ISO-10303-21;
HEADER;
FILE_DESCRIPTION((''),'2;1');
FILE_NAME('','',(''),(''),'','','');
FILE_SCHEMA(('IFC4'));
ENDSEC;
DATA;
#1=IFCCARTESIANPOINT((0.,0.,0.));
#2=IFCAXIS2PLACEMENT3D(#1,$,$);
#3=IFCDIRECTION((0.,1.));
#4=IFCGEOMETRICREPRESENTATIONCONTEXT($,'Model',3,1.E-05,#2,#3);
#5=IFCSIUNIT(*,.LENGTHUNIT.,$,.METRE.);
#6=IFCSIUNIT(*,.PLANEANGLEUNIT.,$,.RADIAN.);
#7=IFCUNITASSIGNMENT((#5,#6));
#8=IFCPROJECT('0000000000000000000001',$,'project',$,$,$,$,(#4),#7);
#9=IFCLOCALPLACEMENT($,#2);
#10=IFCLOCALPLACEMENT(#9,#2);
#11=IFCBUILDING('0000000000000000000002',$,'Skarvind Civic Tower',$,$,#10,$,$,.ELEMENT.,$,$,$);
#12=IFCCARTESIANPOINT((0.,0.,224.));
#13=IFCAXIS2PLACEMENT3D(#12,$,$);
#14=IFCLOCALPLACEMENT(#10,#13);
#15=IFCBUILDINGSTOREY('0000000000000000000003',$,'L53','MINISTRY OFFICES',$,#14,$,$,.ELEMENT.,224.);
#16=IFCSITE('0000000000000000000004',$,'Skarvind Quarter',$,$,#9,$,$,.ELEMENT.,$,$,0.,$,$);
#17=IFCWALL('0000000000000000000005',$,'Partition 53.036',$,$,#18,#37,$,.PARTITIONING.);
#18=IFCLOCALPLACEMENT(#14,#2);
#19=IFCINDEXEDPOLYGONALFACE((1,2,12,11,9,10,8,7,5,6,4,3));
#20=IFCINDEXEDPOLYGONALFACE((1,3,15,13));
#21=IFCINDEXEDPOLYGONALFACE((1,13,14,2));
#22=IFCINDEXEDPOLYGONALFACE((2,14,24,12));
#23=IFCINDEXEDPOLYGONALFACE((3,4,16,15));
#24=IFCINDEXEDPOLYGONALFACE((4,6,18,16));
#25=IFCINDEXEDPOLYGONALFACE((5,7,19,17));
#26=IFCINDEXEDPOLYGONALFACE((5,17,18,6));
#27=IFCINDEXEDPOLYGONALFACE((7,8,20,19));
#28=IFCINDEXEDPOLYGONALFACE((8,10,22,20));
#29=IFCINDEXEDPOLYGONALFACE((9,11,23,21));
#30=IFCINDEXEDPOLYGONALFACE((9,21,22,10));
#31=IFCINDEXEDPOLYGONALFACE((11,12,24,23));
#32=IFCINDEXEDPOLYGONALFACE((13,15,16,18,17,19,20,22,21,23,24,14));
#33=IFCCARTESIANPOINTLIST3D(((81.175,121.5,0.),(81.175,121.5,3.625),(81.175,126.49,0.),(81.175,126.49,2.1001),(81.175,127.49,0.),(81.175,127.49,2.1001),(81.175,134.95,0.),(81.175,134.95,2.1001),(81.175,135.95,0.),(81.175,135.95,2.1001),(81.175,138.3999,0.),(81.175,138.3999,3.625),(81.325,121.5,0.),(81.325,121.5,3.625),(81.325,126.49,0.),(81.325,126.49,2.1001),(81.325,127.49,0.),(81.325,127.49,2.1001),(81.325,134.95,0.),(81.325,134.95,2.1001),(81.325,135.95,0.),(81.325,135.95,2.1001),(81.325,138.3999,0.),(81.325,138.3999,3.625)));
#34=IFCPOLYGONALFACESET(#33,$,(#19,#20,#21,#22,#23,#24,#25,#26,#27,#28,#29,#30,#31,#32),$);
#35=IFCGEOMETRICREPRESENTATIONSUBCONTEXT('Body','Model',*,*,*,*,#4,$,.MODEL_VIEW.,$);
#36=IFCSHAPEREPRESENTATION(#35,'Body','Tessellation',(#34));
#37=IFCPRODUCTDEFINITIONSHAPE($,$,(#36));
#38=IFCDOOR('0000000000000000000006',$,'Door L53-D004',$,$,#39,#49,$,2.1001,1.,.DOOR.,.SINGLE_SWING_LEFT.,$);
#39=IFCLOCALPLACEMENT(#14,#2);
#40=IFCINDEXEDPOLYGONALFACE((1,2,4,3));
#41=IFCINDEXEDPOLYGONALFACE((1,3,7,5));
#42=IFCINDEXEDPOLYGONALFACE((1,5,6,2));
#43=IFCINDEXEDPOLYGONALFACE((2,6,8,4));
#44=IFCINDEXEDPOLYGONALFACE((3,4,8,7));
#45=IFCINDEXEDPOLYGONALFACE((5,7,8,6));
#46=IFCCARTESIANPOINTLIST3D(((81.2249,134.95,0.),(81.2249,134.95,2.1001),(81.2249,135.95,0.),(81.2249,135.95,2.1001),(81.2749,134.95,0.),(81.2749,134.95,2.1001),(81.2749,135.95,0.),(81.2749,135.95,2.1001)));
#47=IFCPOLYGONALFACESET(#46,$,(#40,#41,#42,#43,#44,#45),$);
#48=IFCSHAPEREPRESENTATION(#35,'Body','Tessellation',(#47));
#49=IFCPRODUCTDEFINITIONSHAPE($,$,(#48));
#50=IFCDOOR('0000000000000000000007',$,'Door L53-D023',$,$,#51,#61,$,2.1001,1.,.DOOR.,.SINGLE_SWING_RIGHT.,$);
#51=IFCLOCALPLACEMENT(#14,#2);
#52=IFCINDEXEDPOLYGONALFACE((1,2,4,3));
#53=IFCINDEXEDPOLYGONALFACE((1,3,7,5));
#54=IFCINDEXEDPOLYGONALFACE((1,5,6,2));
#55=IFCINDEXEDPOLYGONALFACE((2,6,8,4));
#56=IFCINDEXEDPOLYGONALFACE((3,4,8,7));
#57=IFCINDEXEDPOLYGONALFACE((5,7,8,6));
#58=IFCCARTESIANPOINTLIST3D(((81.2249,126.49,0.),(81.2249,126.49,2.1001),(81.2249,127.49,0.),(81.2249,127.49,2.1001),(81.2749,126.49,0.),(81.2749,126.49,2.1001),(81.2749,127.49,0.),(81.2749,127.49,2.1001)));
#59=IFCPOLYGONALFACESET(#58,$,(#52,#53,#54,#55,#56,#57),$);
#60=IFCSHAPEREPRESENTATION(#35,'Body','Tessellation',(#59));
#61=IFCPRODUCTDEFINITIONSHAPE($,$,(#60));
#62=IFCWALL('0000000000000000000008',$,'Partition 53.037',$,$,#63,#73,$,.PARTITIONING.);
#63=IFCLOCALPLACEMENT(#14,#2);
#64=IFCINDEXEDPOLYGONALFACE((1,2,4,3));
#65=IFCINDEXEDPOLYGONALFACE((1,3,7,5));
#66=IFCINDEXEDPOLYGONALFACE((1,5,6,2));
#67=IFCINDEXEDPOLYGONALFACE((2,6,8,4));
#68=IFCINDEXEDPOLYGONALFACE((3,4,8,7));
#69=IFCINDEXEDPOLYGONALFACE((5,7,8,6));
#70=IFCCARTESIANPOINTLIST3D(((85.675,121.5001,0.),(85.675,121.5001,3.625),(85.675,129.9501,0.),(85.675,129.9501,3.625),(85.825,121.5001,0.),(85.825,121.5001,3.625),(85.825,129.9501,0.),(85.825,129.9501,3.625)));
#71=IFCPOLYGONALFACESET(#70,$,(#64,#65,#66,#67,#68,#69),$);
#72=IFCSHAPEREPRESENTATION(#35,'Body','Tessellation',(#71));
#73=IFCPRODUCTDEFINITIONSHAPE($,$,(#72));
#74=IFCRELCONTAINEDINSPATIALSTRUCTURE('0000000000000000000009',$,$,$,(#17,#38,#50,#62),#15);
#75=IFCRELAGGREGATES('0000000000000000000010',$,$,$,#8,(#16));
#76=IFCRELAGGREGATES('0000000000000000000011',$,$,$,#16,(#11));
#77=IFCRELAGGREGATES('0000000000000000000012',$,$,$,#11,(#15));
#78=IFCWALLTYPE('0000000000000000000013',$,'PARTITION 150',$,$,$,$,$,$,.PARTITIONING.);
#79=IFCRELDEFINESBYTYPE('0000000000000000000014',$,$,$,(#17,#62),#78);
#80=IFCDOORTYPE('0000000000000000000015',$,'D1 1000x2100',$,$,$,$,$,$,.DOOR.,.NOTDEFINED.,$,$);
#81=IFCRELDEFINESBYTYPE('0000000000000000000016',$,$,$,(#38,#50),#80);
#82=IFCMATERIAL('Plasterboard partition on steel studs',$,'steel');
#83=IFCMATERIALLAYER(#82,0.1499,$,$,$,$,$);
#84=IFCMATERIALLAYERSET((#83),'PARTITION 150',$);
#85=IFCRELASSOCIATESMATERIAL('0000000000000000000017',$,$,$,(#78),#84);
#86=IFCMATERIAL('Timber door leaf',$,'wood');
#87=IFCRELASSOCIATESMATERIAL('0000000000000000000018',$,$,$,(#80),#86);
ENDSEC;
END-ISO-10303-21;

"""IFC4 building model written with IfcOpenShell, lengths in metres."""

from ifc_helpers import new_model, si_unit, direction, frame, frame_2d, origin, place, context, subcontext, project, spatial, rectangle, extrude, material, layer, layer_set, type_object, element, fill, save


model = new_model("IFC4")

# Units and contexts
model_context = context("Model", 3, precision=1e-05, world=origin(), true_north=direction((0.0, 1.0)))
body_context = subcontext(model_context, "Body", "Model", "MODEL_VIEW")
ifc_project = project(units=[si_unit("LENGTHUNIT", "METRE"), si_unit("PLANEANGLEUNIT", "RADIAN")], contexts=[model_context])

# Site, building, storey
site_placement = place(None, origin())
site = spatial("IfcSite", under=ifc_project, at=site_placement, Name="Skarvind Quarter", CompositionType="ELEMENT", RefElevation=0.0)
building_placement = place(site_placement, origin())
building = spatial("IfcBuilding", under=site, at=building_placement, Name="Skarvind Civic Tower", CompositionType="ELEMENT")
storey_placement = place(building_placement, frame((0.0, 0.0, 224.0)))
storey = spatial("IfcBuildingStorey", under=building, at=storey_placement, Name="L53", Description="MINISTRY OFFICES", CompositionType="ELEMENT", Elevation=224.0)

# Shared definitions
ifc_material_1 = material(Name="Timber door leaf", Category="wood")

# Shared definitions
ifc_material_2 = material(Name="Plasterboard partition on steel studs", Category="steel")
ifc_layer_1 = layer(ifc_material_2, 0.1499)
ifc_layer_set_1 = layer_set([ifc_layer_1], Name="PARTITION 150")
wall_type_1 = type_object("IfcWallType", Name="PARTITION 150", PredefinedType="PARTITIONING", material=ifc_layer_set_1)
door_type_1 = type_object("IfcDoorType", Name="D1 1000x2100", OperationType="NOTDEFINED", PredefinedType="DOOR", material=ifc_material_1)

# Wall, openings, doors
wall_1_placement = place(storey_placement, frame((81.25, 138.3999, 0.0), z_axis=(0.0, 0.0, 1.0), x_axis=(0.0, -1.0, 0.0)))
wall_1 = element("IfcWall", 1, at=wall_1_placement, inside=storey, type_object=wall_type_1, Name="Partition 53.036", PredefinedType="PARTITIONING", context=body_context, shape_type="SweptSolid", body=[
    extrude(rectangle(XDim=16.8999, YDim=0.1499, at=frame_2d((8.45, 0.0))), origin(), (0.0, 0.0, 1.0), 3.625),
])
opening_1_placement = place(wall_1_placement, frame((2.45, 0.0, 0.0)))
opening_1 = element("IfcOpeningElement", 2, at=opening_1_placement, cuts=wall_1, PredefinedType="OPENING", context=body_context, shape_type="SweptSolid", body=[
    extrude(rectangle(XDim=1.0, YDim=2.1001, at=frame_2d((0.5, 1.05))), frame((0.0, 0.085, 0.0), z_axis=(0.0, -1.0, 0.0), x_axis=(1.0, 0.0, 0.0)), (0.0, 0.0, 1.0), 0.1699),
])
opening_2_placement = place(wall_1_placement, frame((10.9099, 0.0, 0.0)))
opening_2 = element("IfcOpeningElement", 3, at=opening_2_placement, cuts=wall_1, PredefinedType="OPENING", context=body_context, shape_type="SweptSolid", body=[
    extrude(rectangle(XDim=1.0, YDim=2.1001, at=frame_2d((0.5, 1.05))), frame((0.0, 0.085, 0.0), z_axis=(0.0, -1.0, 0.0), x_axis=(1.0, 0.0, 0.0)), (0.0, 0.0, 1.0), 0.1699),
])
door_1_placement = place(opening_1_placement, origin())
door_1 = element("IfcDoor", 4, at=door_1_placement, inside=storey, type_object=door_type_1, Name="Door L53-D004", OperationType="SINGLE_SWING_LEFT", OverallHeight=2.1001, OverallWidth=1.0, PredefinedType="DOOR", context=body_context, shape_type="SweptSolid", body=[
    extrude(rectangle(XDim=1.0, YDim=2.1001, at=frame_2d((0.5, 1.05))), frame((0.0, 0.0249, 0.0), z_axis=(0.0, -1.0, 0.0), x_axis=(1.0, 0.0, 0.0)), (0.0, 0.0, 1.0), 0.05),
])
fill(opening_1, door_1)
door_2_placement = place(opening_2_placement, origin())
door_2 = element("IfcDoor", 5, at=door_2_placement, inside=storey, type_object=door_type_1, Name="Door L53-D023", OperationType="SINGLE_SWING_RIGHT", OverallHeight=2.1001, OverallWidth=1.0, PredefinedType="DOOR", context=body_context, shape_type="SweptSolid", body=[
    extrude(rectangle(XDim=1.0, YDim=2.1001, at=frame_2d((0.5, 1.05))), frame((0.0, 0.0249, 0.0), z_axis=(0.0, -1.0, 0.0), x_axis=(1.0, 0.0, 0.0)), (0.0, 0.0, 1.0), 0.05),
])
fill(opening_2, door_2)

# Wall
wall_2_placement = place(storey_placement, frame((85.75, 121.5, 0.0), z_axis=(0.0, 0.0, 1.0), x_axis=(0.0, 1.0, 0.0)))
element("IfcWall", 6, at=wall_2_placement, inside=storey, type_object=wall_type_1, Name="Partition 53.037", PredefinedType="PARTITIONING", context=body_context, shape_type="SweptSolid", body=[
    extrude(rectangle(XDim=8.45, YDim=0.1499, at=frame_2d((4.2251, 0.0))), origin(), (0.0, 0.0, 1.0), 3.625),
])

save(model, "model.ifc")
